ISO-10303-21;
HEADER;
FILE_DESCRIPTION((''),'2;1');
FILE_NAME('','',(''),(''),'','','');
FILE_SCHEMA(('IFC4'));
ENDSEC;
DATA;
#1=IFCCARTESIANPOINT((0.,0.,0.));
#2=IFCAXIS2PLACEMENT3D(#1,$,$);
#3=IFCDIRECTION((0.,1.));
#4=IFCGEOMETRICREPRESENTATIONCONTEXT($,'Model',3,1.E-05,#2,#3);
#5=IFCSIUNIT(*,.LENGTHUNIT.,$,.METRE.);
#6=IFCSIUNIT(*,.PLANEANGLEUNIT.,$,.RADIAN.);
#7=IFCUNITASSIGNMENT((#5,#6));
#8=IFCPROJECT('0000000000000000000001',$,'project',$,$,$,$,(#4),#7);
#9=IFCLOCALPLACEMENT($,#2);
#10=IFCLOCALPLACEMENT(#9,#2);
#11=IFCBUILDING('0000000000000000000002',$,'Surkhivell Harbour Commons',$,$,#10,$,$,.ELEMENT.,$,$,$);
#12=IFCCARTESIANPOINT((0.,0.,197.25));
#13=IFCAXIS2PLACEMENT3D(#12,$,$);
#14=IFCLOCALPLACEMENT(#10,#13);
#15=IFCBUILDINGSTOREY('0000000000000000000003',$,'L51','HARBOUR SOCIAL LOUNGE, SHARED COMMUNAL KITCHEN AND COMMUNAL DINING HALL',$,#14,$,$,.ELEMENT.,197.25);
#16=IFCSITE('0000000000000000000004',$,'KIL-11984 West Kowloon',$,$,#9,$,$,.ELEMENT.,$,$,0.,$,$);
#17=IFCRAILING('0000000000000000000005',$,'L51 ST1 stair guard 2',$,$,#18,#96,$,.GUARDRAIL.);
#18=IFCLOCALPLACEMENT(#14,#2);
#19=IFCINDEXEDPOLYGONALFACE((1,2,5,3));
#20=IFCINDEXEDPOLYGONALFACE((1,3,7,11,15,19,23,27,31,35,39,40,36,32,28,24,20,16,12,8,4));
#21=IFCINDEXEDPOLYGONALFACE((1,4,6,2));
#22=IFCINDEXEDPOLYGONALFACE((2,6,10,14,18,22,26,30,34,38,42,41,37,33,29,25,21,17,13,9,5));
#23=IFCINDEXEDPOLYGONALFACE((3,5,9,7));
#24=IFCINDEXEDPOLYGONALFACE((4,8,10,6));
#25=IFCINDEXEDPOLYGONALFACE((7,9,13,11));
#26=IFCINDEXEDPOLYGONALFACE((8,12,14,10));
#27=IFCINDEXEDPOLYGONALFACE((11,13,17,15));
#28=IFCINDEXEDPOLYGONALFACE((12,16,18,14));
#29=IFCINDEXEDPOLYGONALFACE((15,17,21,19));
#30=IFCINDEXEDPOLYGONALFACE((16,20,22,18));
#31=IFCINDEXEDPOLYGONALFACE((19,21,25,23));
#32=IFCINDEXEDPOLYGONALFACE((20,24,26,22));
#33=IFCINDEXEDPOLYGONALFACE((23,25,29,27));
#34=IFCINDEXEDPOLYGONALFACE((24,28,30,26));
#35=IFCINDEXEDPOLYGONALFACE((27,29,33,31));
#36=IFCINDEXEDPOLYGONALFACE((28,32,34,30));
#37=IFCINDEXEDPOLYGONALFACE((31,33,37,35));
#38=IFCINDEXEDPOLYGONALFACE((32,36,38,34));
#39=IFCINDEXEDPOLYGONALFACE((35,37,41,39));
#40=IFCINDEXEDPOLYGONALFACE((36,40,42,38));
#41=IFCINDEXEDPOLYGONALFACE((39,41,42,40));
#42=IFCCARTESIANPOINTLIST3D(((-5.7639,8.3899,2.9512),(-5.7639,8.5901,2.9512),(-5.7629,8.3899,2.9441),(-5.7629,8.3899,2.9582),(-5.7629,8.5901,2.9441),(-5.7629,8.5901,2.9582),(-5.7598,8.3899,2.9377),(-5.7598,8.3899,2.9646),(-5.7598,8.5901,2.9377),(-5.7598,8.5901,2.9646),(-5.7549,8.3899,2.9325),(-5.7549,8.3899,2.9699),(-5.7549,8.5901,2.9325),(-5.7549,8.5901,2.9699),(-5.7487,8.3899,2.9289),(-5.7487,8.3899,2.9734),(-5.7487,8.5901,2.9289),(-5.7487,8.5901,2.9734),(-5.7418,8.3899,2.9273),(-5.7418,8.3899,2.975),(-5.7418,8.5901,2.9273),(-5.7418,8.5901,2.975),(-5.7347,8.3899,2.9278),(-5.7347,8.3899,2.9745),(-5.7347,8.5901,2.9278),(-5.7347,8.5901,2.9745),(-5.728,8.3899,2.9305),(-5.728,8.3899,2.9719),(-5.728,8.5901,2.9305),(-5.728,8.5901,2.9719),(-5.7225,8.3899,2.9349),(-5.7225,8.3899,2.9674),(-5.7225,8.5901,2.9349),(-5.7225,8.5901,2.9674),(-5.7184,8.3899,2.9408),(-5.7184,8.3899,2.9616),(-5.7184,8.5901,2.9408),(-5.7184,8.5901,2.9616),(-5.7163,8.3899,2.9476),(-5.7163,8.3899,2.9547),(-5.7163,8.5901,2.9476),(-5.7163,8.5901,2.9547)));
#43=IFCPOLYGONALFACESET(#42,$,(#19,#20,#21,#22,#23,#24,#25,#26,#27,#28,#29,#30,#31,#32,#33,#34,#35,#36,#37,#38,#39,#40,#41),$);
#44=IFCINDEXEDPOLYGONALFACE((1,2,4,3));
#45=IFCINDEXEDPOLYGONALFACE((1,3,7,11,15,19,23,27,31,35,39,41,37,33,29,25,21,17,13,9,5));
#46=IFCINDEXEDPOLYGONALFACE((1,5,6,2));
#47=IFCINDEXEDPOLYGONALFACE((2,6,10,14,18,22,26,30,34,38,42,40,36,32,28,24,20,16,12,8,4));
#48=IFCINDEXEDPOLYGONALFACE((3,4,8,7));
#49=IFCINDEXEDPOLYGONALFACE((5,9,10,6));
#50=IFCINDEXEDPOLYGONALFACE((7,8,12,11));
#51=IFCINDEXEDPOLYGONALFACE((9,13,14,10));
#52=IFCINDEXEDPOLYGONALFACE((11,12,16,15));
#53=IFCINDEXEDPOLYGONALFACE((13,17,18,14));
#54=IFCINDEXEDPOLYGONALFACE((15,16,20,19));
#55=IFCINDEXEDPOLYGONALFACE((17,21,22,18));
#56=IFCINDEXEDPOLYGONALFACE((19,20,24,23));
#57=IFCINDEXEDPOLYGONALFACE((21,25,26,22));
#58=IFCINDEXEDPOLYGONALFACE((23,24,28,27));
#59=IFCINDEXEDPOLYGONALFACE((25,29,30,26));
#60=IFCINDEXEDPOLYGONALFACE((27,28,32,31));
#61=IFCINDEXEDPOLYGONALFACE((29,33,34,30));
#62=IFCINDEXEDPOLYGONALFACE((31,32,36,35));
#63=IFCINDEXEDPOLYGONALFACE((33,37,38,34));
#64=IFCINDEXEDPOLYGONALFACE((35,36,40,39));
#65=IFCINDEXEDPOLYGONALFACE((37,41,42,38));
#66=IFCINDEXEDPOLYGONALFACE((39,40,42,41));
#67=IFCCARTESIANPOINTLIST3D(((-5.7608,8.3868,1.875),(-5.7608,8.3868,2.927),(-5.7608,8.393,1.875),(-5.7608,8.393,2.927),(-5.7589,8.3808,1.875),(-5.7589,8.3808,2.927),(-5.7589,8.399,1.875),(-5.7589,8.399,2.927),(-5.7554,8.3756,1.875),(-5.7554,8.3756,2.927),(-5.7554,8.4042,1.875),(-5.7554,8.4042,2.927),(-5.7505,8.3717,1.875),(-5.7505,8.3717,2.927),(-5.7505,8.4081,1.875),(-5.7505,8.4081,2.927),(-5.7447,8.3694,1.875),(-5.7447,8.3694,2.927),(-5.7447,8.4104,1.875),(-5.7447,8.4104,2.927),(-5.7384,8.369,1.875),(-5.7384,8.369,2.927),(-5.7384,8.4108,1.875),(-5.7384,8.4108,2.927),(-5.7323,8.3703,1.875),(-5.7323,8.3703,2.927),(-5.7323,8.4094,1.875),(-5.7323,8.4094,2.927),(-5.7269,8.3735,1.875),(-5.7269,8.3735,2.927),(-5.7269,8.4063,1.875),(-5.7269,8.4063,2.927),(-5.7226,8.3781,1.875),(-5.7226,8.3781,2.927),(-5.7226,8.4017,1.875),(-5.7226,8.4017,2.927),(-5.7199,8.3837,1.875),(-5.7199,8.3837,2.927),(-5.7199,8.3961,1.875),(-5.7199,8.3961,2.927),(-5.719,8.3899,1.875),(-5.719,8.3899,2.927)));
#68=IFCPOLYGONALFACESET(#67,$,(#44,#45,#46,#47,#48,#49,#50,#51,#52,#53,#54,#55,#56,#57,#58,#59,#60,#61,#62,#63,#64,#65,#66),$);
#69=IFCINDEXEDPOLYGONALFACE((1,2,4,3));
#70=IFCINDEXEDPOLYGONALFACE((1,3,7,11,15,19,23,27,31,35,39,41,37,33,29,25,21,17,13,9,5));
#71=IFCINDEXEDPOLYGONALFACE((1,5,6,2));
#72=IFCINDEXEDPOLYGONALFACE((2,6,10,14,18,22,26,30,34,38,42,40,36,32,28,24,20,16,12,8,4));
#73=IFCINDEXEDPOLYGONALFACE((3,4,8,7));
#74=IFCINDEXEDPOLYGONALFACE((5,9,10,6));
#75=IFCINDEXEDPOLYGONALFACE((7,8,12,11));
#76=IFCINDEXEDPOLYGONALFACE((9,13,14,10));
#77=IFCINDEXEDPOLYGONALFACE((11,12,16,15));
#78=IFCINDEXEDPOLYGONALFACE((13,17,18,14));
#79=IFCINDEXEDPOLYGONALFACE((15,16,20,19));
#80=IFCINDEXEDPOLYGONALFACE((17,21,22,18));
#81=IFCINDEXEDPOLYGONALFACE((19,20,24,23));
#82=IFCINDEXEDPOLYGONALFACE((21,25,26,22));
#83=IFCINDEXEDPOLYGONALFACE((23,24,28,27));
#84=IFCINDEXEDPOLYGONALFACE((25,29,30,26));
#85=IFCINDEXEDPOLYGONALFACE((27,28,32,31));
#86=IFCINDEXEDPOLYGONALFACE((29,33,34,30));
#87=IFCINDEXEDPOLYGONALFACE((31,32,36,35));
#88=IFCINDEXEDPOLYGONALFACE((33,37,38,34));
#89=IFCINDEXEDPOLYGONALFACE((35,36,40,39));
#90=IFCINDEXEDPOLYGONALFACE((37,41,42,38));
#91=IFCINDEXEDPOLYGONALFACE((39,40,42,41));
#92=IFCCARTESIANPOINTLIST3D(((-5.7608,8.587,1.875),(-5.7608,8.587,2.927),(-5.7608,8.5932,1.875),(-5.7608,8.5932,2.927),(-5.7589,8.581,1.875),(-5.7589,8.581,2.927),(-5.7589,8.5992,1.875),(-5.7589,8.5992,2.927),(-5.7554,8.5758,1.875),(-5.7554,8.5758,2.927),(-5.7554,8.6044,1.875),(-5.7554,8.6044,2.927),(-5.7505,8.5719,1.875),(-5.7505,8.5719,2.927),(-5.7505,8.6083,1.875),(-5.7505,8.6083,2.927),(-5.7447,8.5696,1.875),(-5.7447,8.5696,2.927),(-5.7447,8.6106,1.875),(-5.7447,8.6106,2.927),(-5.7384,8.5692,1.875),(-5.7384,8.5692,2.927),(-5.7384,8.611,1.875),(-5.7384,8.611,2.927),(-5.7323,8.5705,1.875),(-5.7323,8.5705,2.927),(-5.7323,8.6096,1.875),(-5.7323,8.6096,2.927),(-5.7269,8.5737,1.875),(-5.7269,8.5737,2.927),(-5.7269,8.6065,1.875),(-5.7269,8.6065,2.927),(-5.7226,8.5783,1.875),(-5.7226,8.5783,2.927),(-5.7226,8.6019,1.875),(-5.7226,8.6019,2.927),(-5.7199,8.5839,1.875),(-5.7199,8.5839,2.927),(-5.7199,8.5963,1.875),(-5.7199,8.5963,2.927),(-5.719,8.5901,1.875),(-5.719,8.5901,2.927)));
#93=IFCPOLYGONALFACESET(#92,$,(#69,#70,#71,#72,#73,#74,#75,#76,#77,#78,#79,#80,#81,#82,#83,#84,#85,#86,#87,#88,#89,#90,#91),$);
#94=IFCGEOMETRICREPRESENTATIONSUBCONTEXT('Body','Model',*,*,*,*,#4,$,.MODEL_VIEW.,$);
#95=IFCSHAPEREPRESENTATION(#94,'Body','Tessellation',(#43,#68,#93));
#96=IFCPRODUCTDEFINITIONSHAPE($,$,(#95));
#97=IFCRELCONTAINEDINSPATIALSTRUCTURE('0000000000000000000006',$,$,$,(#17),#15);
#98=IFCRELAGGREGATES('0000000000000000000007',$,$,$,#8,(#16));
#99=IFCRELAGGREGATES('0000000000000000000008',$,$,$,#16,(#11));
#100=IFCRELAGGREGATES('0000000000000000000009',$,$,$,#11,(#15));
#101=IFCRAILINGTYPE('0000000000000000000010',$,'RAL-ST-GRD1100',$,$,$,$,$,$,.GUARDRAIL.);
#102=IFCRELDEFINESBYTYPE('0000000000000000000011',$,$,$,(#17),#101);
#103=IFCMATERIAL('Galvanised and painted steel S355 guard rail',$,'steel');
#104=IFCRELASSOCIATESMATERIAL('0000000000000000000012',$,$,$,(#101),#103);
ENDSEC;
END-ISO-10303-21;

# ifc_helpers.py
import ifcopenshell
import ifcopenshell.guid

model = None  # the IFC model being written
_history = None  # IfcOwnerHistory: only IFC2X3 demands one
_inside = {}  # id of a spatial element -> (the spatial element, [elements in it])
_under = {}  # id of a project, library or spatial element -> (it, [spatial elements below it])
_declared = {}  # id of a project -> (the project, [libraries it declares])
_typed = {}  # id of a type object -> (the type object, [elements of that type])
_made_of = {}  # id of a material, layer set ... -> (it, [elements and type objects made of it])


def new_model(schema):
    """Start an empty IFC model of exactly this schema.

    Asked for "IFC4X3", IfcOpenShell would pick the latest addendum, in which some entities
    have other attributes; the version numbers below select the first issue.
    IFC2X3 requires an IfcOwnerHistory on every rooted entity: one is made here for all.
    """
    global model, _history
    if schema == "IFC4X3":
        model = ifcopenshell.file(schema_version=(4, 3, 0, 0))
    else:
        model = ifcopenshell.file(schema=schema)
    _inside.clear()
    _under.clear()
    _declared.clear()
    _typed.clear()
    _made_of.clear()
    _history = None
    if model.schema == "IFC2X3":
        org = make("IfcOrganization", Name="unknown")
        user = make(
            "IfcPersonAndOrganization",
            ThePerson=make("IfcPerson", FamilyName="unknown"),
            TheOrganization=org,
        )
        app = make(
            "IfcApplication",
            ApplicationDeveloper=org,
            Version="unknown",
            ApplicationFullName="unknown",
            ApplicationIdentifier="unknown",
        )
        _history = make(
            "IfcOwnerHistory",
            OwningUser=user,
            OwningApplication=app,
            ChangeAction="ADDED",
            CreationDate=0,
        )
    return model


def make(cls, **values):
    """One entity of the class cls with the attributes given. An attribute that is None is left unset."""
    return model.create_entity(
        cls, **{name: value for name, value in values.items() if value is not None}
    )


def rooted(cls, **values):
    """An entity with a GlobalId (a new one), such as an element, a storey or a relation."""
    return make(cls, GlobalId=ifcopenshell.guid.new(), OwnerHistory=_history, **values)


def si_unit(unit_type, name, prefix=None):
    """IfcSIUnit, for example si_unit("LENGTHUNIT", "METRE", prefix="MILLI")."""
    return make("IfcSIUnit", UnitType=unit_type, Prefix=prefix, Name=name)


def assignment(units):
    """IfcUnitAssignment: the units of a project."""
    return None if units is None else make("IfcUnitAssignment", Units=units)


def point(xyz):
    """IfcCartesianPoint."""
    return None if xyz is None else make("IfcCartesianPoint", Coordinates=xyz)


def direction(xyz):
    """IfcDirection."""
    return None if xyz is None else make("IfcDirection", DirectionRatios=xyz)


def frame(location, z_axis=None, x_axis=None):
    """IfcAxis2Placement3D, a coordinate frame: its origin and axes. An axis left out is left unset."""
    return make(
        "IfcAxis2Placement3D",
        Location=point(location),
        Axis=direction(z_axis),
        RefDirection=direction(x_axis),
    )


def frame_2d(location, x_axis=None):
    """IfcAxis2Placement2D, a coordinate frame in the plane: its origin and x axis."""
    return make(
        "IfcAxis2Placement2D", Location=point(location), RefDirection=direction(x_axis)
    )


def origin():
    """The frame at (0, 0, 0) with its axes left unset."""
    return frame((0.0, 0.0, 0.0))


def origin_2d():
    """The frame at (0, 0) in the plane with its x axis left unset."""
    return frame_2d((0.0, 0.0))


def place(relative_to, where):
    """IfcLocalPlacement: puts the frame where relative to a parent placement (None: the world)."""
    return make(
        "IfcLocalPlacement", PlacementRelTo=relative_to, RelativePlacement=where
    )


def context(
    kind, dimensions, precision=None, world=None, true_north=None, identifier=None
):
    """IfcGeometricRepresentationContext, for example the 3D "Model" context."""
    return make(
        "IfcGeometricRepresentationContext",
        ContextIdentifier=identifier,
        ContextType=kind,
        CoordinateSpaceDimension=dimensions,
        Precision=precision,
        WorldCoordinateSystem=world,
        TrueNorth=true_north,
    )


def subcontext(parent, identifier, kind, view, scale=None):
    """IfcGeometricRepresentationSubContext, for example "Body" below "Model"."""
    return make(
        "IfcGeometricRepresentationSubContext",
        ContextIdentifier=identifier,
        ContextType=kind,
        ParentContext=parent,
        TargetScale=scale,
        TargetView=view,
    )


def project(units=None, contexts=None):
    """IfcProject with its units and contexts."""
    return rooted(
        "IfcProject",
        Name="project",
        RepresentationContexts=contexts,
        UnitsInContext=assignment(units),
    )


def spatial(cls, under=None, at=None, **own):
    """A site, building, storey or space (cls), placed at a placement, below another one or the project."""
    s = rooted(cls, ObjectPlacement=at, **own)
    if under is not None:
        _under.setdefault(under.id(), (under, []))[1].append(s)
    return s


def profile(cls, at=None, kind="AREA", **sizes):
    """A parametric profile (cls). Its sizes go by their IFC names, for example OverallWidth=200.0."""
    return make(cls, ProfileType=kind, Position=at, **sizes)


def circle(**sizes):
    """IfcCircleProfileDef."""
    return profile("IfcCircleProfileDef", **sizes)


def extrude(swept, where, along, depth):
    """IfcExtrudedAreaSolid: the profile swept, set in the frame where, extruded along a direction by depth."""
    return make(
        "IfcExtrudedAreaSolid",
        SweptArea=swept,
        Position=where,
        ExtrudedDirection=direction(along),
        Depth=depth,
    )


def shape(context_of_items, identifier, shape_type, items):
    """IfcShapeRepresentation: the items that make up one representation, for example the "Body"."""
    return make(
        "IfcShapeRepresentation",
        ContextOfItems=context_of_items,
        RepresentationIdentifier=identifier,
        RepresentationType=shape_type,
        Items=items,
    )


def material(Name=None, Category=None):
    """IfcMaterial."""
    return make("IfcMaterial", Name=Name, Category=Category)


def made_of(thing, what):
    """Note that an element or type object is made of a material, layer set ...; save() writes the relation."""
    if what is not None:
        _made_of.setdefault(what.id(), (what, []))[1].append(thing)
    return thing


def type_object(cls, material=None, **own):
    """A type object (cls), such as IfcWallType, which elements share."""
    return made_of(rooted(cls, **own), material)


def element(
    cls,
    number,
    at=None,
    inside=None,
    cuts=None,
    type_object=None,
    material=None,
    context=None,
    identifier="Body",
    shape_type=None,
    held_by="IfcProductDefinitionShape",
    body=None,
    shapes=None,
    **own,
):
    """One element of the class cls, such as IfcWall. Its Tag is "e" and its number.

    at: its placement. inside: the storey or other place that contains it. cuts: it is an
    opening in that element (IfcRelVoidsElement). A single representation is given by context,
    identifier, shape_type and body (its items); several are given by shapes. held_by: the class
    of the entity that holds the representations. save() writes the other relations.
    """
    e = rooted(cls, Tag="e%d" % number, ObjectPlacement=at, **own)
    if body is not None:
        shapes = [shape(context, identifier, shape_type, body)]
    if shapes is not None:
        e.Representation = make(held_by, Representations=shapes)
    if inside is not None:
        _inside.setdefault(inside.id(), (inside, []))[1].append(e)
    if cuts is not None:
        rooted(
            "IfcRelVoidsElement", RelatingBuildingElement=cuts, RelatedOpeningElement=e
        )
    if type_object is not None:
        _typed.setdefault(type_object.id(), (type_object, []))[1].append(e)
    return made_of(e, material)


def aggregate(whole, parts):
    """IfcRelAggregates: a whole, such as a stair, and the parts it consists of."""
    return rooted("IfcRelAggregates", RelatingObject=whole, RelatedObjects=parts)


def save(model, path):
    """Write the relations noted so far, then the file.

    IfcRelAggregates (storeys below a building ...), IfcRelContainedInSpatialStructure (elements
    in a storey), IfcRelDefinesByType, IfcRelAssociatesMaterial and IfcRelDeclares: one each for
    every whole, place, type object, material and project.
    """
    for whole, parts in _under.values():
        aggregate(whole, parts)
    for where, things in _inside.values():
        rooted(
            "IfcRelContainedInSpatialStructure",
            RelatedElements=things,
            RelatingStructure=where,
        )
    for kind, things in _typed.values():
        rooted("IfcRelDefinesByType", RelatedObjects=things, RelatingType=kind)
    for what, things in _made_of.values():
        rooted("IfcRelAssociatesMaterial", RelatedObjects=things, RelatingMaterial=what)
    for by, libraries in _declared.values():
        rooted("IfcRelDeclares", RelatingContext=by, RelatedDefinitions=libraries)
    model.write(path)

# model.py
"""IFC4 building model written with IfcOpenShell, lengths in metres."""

from ifc_helpers import new_model, si_unit, direction, frame, origin, origin_2d, place, context, subcontext, project, spatial, circle, extrude, material, type_object, element, save


model = new_model("IFC4")

# Units and contexts
model_context = context("Model", 3, precision=1e-05, world=origin(), true_north=direction((0.0, 1.0)))
body_context = subcontext(model_context, "Body", "Model", "MODEL_VIEW")
ifc_project = project(units=[si_unit("LENGTHUNIT", "METRE"), si_unit("PLANEANGLEUNIT", "RADIAN")], contexts=[model_context])

# Site, building, storey
site_placement = place(None, origin())
site = spatial("IfcSite", under=ifc_project, at=site_placement, Name="KIL-11984 West Kowloon", CompositionType="ELEMENT", RefElevation=0.0)
building_placement = place(site_placement, origin())
building = spatial("IfcBuilding", under=site, at=building_placement, Name="Surkhivell Harbour Commons", CompositionType="ELEMENT")
storey_placement = place(building_placement, frame((0.0, 0.0, 197.25)))
storey = spatial("IfcBuildingStorey", under=building, at=storey_placement, Name="L51", Description="HARBOUR SOCIAL LOUNGE, SHARED COMMUNAL KITCHEN AND COMMUNAL DINING HALL", CompositionType="ELEMENT", Elevation=197.25)

# Railing
ifc_material_1 = material(Name="Galvanised and painted steel S355 guard rail", Category="steel")
railing_type_1 = type_object("IfcRailingType", Name="RAL-ST-GRD1100", PredefinedType="GUARDRAIL", material=ifc_material_1)
railing_1_placement = place(storey_placement, frame((-5.74, 8.3899, 1.875)))
element("IfcRailing", 1, at=railing_1_placement, inside=storey, type_object=railing_type_1, Name="L51 ST1 stair guard 2", PredefinedType="GUARDRAIL", context=body_context, shape_type="SweptSolid", body=[
    extrude(circle(Radius=0.0239, at=origin_2d()), frame((0.0, 0.0, 1.0762), z_axis=(0.0, 1.0, 0.0), x_axis=(-1.0, 0.0, 0.0)), (0.0, 0.0, 1.0), 0.2002),
    extrude(circle(Radius=0.021, at=origin_2d()), origin(), (0.0, 0.0, 1.0), 1.052),
    extrude(circle(Radius=0.021, at=origin_2d()), frame((0.0, 0.2002, 0.0)), (0.0, 0.0, 1.0), 1.052),
])

save(model, "model.ifc")
